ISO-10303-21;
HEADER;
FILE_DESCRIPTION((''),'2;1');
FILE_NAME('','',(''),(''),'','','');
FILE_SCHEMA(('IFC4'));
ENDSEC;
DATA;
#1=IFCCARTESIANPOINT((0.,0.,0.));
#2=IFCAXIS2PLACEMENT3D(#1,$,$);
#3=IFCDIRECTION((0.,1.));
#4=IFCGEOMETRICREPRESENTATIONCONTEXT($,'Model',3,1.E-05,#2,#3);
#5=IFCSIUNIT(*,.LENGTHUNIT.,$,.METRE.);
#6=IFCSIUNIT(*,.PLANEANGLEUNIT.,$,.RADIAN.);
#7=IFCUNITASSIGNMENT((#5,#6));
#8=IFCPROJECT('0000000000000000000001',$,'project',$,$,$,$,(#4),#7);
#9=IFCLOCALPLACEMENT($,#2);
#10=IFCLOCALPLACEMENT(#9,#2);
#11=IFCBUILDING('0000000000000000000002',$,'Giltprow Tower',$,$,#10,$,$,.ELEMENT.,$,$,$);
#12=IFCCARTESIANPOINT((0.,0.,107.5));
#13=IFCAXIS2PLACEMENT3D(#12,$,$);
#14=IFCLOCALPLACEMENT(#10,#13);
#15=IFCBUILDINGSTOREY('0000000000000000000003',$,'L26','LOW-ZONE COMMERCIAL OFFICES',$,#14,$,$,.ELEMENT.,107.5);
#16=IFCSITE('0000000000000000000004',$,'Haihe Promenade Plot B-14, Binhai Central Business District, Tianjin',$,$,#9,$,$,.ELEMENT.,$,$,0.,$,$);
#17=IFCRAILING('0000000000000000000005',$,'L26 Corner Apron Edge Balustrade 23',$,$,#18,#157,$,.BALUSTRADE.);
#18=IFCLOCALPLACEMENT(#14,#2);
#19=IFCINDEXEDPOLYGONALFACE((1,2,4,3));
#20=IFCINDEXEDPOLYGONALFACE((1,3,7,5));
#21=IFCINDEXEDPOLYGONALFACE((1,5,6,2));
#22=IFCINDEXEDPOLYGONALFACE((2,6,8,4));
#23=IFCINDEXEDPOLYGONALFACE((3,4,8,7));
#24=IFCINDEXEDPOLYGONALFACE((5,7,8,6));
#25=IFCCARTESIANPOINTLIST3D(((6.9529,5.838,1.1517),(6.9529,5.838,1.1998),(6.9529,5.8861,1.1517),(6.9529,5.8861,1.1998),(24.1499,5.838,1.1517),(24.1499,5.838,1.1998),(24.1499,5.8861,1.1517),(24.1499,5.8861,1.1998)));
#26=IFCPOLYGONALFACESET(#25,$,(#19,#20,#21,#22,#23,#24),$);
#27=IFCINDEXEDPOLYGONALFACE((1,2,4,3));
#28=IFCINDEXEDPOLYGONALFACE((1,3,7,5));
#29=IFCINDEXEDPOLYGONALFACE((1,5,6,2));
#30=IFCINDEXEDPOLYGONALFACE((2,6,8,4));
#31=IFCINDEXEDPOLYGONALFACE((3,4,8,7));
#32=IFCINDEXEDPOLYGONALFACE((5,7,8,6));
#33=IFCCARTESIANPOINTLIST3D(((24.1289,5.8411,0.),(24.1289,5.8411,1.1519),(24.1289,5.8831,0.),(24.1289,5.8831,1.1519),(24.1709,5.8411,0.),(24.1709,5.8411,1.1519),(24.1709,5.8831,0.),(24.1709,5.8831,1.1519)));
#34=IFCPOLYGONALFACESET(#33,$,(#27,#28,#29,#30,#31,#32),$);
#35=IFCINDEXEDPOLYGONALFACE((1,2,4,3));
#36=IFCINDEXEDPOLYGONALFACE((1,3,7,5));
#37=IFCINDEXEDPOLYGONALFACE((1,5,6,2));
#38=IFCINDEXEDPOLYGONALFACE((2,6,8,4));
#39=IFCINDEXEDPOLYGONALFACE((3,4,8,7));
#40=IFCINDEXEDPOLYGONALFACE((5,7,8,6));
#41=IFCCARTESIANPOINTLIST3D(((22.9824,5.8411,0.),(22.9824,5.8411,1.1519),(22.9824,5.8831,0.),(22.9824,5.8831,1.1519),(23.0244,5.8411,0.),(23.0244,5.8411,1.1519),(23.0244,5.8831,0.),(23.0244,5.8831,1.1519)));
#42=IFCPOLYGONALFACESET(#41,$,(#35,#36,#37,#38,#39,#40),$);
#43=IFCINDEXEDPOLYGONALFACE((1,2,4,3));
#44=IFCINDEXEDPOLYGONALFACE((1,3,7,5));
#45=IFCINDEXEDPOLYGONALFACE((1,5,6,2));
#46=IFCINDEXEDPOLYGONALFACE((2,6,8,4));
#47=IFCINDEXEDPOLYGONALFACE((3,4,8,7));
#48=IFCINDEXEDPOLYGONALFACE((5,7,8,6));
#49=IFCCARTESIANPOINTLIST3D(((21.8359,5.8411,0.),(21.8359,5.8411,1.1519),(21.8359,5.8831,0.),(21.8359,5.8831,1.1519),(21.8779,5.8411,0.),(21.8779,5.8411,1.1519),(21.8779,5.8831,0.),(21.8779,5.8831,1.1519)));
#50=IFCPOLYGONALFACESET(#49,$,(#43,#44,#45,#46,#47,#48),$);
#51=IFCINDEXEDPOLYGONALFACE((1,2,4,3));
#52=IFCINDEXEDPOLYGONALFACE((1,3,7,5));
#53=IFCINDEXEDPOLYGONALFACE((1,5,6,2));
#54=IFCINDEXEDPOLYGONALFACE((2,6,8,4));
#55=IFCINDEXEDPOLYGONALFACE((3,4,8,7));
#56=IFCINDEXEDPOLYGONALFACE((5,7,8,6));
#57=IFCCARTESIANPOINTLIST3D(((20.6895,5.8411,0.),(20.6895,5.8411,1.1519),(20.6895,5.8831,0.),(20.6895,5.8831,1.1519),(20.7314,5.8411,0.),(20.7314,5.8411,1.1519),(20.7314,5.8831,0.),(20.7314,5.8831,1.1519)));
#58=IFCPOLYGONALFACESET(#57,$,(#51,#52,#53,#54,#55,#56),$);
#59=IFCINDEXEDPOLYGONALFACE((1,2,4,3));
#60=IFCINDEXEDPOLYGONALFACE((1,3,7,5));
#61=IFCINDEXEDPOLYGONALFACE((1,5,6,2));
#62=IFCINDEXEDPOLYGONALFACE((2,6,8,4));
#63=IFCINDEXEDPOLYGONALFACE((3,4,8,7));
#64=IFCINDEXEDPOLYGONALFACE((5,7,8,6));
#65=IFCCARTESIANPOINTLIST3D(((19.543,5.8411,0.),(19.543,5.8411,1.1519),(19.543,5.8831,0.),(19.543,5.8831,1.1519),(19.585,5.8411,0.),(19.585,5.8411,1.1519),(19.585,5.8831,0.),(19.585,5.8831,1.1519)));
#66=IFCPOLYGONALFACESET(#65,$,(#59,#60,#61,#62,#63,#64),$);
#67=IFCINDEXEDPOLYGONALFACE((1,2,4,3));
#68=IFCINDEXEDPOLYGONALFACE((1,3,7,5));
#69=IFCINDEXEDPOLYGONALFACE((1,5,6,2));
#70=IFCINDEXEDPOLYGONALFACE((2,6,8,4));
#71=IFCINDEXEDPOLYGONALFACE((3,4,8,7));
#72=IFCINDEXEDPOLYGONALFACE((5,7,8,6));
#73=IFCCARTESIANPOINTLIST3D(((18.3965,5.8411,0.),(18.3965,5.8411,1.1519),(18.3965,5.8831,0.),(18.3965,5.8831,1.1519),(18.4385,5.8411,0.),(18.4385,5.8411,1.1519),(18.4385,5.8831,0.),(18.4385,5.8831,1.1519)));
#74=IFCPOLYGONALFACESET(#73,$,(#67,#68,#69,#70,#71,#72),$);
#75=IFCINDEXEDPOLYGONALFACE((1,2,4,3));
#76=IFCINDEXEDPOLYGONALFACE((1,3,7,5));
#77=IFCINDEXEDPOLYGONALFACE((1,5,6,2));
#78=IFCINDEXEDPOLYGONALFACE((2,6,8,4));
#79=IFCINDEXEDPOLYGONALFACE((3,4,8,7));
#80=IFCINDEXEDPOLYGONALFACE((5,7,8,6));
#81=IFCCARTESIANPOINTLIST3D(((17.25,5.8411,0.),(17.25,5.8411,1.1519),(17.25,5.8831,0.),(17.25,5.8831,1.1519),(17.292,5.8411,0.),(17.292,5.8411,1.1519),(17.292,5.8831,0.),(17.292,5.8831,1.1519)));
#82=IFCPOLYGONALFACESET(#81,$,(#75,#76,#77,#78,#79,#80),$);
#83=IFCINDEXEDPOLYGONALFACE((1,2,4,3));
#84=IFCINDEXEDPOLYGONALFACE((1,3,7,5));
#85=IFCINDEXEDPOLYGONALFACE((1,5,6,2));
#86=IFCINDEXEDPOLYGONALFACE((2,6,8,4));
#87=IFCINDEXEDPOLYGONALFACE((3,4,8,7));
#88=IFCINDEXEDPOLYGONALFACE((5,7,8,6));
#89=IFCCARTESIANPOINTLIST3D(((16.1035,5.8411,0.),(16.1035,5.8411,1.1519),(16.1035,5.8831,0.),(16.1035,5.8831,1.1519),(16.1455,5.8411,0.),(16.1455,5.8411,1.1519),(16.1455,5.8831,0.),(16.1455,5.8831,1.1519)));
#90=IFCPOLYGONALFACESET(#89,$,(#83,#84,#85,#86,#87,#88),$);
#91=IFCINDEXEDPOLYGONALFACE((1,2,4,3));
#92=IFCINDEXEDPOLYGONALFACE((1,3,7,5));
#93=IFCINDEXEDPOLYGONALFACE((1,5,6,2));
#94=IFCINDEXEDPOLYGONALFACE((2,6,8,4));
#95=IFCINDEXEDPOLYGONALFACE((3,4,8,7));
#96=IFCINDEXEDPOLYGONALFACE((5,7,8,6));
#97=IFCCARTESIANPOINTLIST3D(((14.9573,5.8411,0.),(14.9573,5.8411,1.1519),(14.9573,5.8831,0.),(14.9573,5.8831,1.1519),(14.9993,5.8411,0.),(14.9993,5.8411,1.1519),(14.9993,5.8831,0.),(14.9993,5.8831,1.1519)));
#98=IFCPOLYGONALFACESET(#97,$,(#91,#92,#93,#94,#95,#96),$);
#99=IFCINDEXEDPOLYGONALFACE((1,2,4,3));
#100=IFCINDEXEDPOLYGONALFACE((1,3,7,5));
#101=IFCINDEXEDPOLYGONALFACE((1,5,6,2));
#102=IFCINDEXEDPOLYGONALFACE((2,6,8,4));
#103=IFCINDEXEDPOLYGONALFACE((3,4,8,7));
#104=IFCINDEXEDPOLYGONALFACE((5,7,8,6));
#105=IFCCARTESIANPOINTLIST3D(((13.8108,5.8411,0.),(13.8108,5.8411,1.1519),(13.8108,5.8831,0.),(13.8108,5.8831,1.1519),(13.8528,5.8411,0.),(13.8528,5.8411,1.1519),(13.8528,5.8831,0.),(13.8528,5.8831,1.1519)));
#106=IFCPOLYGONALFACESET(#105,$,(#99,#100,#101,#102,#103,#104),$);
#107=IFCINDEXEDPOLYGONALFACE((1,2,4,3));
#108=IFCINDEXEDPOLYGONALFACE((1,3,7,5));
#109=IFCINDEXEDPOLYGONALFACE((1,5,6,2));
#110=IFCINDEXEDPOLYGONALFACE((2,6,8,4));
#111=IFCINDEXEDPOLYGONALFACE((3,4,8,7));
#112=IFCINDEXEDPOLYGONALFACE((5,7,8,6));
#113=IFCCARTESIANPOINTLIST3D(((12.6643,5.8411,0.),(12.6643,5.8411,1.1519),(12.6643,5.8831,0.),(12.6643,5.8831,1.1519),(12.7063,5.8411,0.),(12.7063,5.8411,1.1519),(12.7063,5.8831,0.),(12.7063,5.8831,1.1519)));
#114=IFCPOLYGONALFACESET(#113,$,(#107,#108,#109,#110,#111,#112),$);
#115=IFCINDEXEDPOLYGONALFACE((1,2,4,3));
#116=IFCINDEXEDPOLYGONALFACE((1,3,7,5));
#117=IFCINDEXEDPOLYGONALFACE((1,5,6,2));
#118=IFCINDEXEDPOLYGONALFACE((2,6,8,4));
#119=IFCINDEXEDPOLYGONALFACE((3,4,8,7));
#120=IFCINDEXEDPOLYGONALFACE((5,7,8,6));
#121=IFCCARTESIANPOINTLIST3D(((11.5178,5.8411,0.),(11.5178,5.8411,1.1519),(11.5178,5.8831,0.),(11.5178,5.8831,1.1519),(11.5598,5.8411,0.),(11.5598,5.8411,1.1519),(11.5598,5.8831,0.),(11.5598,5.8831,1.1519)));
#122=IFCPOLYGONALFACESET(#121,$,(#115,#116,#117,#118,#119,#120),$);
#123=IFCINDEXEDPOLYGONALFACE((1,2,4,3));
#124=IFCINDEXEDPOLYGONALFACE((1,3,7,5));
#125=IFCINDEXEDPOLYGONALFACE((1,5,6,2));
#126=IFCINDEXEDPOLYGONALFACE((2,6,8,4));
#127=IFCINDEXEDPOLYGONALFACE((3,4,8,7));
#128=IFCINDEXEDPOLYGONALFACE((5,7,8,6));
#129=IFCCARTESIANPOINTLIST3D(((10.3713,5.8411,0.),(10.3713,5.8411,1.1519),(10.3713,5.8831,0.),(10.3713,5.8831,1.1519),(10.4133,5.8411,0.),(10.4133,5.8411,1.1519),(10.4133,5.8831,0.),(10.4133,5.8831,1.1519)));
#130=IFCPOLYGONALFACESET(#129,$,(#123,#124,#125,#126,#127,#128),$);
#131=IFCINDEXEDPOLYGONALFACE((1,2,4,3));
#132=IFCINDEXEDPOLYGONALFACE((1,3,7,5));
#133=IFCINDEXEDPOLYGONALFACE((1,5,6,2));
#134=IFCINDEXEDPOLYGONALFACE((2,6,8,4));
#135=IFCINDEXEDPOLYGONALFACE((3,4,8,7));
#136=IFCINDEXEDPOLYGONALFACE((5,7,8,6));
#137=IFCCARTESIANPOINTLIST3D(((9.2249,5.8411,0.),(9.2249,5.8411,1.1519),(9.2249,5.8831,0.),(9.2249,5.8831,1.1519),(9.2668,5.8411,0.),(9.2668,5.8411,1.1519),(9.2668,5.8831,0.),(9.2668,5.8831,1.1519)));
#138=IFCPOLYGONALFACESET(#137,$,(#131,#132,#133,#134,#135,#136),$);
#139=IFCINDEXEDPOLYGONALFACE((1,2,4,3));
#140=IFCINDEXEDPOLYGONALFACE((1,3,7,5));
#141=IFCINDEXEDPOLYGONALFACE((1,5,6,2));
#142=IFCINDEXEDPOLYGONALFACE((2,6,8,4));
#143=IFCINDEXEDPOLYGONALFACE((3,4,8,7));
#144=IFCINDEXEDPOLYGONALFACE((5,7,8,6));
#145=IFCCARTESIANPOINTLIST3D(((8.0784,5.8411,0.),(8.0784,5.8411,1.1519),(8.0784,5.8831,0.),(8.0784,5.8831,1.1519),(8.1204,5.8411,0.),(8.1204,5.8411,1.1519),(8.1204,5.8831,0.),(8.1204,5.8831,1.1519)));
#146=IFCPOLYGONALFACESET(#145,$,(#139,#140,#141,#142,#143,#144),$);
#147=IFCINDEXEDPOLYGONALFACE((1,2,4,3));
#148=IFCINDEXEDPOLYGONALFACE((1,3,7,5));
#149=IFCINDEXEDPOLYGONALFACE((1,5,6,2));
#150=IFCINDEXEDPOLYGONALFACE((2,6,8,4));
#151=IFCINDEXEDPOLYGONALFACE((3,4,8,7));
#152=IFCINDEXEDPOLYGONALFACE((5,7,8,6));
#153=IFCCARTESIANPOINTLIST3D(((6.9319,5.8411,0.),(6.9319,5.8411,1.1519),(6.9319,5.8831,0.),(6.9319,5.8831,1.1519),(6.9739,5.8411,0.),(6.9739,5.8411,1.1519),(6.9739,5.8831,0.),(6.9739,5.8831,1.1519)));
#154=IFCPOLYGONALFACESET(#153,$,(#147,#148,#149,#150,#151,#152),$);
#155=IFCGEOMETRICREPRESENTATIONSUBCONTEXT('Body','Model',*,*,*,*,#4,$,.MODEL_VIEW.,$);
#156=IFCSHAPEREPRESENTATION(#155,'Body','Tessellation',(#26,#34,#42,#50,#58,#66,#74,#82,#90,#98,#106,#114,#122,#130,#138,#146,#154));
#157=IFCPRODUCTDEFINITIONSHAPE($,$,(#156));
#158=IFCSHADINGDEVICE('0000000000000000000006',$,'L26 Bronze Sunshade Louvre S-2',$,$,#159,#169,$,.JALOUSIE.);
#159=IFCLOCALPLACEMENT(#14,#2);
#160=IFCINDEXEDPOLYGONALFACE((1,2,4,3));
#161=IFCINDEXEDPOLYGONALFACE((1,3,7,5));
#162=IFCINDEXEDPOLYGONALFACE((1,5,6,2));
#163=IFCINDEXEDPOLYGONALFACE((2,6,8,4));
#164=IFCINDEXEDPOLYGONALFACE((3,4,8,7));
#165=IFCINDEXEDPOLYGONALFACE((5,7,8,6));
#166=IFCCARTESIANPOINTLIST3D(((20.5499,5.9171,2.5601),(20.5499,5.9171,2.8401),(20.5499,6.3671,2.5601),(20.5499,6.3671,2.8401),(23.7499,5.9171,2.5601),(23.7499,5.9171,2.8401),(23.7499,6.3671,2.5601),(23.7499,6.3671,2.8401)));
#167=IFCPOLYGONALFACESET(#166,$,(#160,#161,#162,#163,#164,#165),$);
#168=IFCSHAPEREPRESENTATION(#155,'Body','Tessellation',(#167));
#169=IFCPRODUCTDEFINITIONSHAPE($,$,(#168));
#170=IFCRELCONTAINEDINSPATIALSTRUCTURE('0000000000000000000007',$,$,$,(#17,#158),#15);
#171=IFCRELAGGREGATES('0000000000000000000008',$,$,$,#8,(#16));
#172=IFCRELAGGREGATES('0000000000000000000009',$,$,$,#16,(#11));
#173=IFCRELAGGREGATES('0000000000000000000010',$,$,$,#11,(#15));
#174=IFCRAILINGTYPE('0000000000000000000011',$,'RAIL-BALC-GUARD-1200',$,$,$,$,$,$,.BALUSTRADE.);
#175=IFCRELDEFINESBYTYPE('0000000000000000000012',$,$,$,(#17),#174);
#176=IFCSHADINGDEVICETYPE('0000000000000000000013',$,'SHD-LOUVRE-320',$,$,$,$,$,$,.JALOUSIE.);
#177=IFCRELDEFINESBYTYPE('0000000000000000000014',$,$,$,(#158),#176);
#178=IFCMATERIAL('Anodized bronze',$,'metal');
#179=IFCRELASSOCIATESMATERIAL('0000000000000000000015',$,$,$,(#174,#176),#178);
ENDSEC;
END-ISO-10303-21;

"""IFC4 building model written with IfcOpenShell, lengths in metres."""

from ifc_helpers import new_model, si_unit, direction, frame, origin, origin_2d, place, context, subcontext, project, spatial, rectangle, extrude, source, transform, mapped, material, type_object, element, save


model = new_model("IFC4")

# Units and contexts
model_context = context("Model", 3, precision=1e-05, world=origin(), true_north=direction((0.0, 1.0)))
body_context = subcontext(model_context, "Body", "Model", "MODEL_VIEW")
ifc_project = project(units=[si_unit("LENGTHUNIT", "METRE"), si_unit("PLANEANGLEUNIT", "RADIAN")], contexts=[model_context])

# Site, building, storey
site_placement = place(None, origin())
site = spatial("IfcSite", under=ifc_project, at=site_placement, Name="Haihe Promenade Plot B-14, Binhai Central Business District, Tianjin", CompositionType="ELEMENT", RefElevation=0.0)
building_placement = place(site_placement, origin())
building = spatial("IfcBuilding", under=site, at=building_placement, Name="Giltprow Tower", CompositionType="ELEMENT")
storey_placement = place(building_placement, frame((0.0, 0.0, 107.5)))
storey = spatial("IfcBuildingStorey", under=building, at=storey_placement, Name="L26", Description="LOW-ZONE COMMERCIAL OFFICES", CompositionType="ELEMENT", Elevation=107.5)

# Railing
ifc_material_1 = material(Name="Anodized bronze", Category="metal")
railing_type = type_object("IfcRailingType", Name="RAIL-BALC-GUARD-1200", PredefinedType="BALUSTRADE", material=ifc_material_1)
railing_1_placement = place(storey_placement, frame((24.1499, 5.8621, 0.0)))
element("IfcRailing", 1, at=railing_1_placement, inside=storey, type_object=railing_type, Name="L26 Corner Apron Edge Balustrade 23", PredefinedType="BALUSTRADE", context=body_context, shape_type="SweptSolid", body=[
    extrude(rectangle(XDim=0.0481, YDim=0.0481, at=origin_2d()), frame((0.0, 0.0, 1.1758), z_axis=(-1.0, 0.0, 0.0), x_axis=(0.0, -1.0, 0.0)), (0.0, 0.0, 1.0), 17.197),
    extrude(rectangle(XDim=0.042, YDim=0.042, at=origin_2d()), origin(), (0.0, 0.0, 1.0), 1.1519),
    extrude(rectangle(XDim=0.042, YDim=0.042, at=origin_2d()), frame((-1.1465, 0.0, 0.0)), (0.0, 0.0, 1.0), 1.1519),
    extrude(rectangle(XDim=0.042, YDim=0.042, at=origin_2d()), frame((-2.293, 0.0, 0.0)), (0.0, 0.0, 1.0), 1.1519),
    extrude(rectangle(XDim=0.042, YDim=0.042, at=origin_2d()), frame((-3.4395, 0.0, 0.0)), (0.0, 0.0, 1.0), 1.1519),
    extrude(rectangle(XDim=0.042, YDim=0.042, at=origin_2d()), frame((-4.5859, 0.0, 0.0)), (0.0, 0.0, 1.0), 1.1519),
    extrude(rectangle(XDim=0.042, YDim=0.042, at=origin_2d()), frame((-5.7324, 0.0, 0.0)), (0.0, 0.0, 1.0), 1.1519),
    extrude(rectangle(XDim=0.042, YDim=0.042, at=origin_2d()), frame((-6.8789, 0.0, 0.0)), (0.0, 0.0, 1.0), 1.1519),
    extrude(rectangle(XDim=0.042, YDim=0.042, at=origin_2d()), frame((-8.0254, 0.0, 0.0)), (0.0, 0.0, 1.0), 1.1519),
    extrude(rectangle(XDim=0.042, YDim=0.042, at=origin_2d()), frame((-9.1716, 0.0, 0.0)), (0.0, 0.0, 1.0), 1.1519),
    extrude(rectangle(XDim=0.042, YDim=0.042, at=origin_2d()), frame((-10.3181, 0.0, 0.0)), (0.0, 0.0, 1.0), 1.1519),
    extrude(rectangle(XDim=0.042, YDim=0.042, at=origin_2d()), frame((-11.4646, 0.0, 0.0)), (0.0, 0.0, 1.0), 1.1519),
    extrude(rectangle(XDim=0.042, YDim=0.042, at=origin_2d()), frame((-12.6111, 0.0, 0.0)), (0.0, 0.0, 1.0), 1.1519),
    extrude(rectangle(XDim=0.042, YDim=0.042, at=origin_2d()), frame((-13.7576, 0.0, 0.0)), (0.0, 0.0, 1.0), 1.1519),
    extrude(rectangle(XDim=0.042, YDim=0.042, at=origin_2d()), frame((-14.9041, 0.0, 0.0)), (0.0, 0.0, 1.0), 1.1519),
    extrude(rectangle(XDim=0.042, YDim=0.042, at=origin_2d()), frame((-16.0505, 0.0, 0.0)), (0.0, 0.0, 1.0), 1.1519),
    extrude(rectangle(XDim=0.042, YDim=0.042, at=origin_2d()), frame((-17.197, 0.0, 0.0)), (0.0, 0.0, 1.0), 1.1519),
])

# Shading device
shading_device_type = type_object("IfcShadingDeviceType", Name="SHD-LOUVRE-320", PredefinedType="JALOUSIE", material=ifc_material_1)
shared_shape_1 = source(origin(), body_context, "Body", "SweptSolid", [
    extrude(rectangle(XDim=3.2, YDim=0.45, at=origin_2d()), origin(), (0.0, 0.0, 1.0), 0.28),
])
shading_device_placement = place(storey_placement, frame((22.1499, 6.1421, 2.5601), z_axis=(0.0, 0.0, 1.0), x_axis=(1.0, 0.0, 0.0)))
element("IfcShadingDevice", 2, at=shading_device_placement, inside=storey, type_object=shading_device_type, Name="L26 Bronze Sunshade Louvre S-2", PredefinedType="JALOUSIE", context=body_context, shape_type="MappedRepresentation", body=[
    mapped(shared_shape_1, transform((0.0, 0.0, 0.0), x_axis=(1.0, 0.0, 0.0), y_axis=(0.0, 1.0, 0.0), z_axis=(0.0, 0.0, 1.0), scale=1.0)),
])

save(model, "model.ifc")
